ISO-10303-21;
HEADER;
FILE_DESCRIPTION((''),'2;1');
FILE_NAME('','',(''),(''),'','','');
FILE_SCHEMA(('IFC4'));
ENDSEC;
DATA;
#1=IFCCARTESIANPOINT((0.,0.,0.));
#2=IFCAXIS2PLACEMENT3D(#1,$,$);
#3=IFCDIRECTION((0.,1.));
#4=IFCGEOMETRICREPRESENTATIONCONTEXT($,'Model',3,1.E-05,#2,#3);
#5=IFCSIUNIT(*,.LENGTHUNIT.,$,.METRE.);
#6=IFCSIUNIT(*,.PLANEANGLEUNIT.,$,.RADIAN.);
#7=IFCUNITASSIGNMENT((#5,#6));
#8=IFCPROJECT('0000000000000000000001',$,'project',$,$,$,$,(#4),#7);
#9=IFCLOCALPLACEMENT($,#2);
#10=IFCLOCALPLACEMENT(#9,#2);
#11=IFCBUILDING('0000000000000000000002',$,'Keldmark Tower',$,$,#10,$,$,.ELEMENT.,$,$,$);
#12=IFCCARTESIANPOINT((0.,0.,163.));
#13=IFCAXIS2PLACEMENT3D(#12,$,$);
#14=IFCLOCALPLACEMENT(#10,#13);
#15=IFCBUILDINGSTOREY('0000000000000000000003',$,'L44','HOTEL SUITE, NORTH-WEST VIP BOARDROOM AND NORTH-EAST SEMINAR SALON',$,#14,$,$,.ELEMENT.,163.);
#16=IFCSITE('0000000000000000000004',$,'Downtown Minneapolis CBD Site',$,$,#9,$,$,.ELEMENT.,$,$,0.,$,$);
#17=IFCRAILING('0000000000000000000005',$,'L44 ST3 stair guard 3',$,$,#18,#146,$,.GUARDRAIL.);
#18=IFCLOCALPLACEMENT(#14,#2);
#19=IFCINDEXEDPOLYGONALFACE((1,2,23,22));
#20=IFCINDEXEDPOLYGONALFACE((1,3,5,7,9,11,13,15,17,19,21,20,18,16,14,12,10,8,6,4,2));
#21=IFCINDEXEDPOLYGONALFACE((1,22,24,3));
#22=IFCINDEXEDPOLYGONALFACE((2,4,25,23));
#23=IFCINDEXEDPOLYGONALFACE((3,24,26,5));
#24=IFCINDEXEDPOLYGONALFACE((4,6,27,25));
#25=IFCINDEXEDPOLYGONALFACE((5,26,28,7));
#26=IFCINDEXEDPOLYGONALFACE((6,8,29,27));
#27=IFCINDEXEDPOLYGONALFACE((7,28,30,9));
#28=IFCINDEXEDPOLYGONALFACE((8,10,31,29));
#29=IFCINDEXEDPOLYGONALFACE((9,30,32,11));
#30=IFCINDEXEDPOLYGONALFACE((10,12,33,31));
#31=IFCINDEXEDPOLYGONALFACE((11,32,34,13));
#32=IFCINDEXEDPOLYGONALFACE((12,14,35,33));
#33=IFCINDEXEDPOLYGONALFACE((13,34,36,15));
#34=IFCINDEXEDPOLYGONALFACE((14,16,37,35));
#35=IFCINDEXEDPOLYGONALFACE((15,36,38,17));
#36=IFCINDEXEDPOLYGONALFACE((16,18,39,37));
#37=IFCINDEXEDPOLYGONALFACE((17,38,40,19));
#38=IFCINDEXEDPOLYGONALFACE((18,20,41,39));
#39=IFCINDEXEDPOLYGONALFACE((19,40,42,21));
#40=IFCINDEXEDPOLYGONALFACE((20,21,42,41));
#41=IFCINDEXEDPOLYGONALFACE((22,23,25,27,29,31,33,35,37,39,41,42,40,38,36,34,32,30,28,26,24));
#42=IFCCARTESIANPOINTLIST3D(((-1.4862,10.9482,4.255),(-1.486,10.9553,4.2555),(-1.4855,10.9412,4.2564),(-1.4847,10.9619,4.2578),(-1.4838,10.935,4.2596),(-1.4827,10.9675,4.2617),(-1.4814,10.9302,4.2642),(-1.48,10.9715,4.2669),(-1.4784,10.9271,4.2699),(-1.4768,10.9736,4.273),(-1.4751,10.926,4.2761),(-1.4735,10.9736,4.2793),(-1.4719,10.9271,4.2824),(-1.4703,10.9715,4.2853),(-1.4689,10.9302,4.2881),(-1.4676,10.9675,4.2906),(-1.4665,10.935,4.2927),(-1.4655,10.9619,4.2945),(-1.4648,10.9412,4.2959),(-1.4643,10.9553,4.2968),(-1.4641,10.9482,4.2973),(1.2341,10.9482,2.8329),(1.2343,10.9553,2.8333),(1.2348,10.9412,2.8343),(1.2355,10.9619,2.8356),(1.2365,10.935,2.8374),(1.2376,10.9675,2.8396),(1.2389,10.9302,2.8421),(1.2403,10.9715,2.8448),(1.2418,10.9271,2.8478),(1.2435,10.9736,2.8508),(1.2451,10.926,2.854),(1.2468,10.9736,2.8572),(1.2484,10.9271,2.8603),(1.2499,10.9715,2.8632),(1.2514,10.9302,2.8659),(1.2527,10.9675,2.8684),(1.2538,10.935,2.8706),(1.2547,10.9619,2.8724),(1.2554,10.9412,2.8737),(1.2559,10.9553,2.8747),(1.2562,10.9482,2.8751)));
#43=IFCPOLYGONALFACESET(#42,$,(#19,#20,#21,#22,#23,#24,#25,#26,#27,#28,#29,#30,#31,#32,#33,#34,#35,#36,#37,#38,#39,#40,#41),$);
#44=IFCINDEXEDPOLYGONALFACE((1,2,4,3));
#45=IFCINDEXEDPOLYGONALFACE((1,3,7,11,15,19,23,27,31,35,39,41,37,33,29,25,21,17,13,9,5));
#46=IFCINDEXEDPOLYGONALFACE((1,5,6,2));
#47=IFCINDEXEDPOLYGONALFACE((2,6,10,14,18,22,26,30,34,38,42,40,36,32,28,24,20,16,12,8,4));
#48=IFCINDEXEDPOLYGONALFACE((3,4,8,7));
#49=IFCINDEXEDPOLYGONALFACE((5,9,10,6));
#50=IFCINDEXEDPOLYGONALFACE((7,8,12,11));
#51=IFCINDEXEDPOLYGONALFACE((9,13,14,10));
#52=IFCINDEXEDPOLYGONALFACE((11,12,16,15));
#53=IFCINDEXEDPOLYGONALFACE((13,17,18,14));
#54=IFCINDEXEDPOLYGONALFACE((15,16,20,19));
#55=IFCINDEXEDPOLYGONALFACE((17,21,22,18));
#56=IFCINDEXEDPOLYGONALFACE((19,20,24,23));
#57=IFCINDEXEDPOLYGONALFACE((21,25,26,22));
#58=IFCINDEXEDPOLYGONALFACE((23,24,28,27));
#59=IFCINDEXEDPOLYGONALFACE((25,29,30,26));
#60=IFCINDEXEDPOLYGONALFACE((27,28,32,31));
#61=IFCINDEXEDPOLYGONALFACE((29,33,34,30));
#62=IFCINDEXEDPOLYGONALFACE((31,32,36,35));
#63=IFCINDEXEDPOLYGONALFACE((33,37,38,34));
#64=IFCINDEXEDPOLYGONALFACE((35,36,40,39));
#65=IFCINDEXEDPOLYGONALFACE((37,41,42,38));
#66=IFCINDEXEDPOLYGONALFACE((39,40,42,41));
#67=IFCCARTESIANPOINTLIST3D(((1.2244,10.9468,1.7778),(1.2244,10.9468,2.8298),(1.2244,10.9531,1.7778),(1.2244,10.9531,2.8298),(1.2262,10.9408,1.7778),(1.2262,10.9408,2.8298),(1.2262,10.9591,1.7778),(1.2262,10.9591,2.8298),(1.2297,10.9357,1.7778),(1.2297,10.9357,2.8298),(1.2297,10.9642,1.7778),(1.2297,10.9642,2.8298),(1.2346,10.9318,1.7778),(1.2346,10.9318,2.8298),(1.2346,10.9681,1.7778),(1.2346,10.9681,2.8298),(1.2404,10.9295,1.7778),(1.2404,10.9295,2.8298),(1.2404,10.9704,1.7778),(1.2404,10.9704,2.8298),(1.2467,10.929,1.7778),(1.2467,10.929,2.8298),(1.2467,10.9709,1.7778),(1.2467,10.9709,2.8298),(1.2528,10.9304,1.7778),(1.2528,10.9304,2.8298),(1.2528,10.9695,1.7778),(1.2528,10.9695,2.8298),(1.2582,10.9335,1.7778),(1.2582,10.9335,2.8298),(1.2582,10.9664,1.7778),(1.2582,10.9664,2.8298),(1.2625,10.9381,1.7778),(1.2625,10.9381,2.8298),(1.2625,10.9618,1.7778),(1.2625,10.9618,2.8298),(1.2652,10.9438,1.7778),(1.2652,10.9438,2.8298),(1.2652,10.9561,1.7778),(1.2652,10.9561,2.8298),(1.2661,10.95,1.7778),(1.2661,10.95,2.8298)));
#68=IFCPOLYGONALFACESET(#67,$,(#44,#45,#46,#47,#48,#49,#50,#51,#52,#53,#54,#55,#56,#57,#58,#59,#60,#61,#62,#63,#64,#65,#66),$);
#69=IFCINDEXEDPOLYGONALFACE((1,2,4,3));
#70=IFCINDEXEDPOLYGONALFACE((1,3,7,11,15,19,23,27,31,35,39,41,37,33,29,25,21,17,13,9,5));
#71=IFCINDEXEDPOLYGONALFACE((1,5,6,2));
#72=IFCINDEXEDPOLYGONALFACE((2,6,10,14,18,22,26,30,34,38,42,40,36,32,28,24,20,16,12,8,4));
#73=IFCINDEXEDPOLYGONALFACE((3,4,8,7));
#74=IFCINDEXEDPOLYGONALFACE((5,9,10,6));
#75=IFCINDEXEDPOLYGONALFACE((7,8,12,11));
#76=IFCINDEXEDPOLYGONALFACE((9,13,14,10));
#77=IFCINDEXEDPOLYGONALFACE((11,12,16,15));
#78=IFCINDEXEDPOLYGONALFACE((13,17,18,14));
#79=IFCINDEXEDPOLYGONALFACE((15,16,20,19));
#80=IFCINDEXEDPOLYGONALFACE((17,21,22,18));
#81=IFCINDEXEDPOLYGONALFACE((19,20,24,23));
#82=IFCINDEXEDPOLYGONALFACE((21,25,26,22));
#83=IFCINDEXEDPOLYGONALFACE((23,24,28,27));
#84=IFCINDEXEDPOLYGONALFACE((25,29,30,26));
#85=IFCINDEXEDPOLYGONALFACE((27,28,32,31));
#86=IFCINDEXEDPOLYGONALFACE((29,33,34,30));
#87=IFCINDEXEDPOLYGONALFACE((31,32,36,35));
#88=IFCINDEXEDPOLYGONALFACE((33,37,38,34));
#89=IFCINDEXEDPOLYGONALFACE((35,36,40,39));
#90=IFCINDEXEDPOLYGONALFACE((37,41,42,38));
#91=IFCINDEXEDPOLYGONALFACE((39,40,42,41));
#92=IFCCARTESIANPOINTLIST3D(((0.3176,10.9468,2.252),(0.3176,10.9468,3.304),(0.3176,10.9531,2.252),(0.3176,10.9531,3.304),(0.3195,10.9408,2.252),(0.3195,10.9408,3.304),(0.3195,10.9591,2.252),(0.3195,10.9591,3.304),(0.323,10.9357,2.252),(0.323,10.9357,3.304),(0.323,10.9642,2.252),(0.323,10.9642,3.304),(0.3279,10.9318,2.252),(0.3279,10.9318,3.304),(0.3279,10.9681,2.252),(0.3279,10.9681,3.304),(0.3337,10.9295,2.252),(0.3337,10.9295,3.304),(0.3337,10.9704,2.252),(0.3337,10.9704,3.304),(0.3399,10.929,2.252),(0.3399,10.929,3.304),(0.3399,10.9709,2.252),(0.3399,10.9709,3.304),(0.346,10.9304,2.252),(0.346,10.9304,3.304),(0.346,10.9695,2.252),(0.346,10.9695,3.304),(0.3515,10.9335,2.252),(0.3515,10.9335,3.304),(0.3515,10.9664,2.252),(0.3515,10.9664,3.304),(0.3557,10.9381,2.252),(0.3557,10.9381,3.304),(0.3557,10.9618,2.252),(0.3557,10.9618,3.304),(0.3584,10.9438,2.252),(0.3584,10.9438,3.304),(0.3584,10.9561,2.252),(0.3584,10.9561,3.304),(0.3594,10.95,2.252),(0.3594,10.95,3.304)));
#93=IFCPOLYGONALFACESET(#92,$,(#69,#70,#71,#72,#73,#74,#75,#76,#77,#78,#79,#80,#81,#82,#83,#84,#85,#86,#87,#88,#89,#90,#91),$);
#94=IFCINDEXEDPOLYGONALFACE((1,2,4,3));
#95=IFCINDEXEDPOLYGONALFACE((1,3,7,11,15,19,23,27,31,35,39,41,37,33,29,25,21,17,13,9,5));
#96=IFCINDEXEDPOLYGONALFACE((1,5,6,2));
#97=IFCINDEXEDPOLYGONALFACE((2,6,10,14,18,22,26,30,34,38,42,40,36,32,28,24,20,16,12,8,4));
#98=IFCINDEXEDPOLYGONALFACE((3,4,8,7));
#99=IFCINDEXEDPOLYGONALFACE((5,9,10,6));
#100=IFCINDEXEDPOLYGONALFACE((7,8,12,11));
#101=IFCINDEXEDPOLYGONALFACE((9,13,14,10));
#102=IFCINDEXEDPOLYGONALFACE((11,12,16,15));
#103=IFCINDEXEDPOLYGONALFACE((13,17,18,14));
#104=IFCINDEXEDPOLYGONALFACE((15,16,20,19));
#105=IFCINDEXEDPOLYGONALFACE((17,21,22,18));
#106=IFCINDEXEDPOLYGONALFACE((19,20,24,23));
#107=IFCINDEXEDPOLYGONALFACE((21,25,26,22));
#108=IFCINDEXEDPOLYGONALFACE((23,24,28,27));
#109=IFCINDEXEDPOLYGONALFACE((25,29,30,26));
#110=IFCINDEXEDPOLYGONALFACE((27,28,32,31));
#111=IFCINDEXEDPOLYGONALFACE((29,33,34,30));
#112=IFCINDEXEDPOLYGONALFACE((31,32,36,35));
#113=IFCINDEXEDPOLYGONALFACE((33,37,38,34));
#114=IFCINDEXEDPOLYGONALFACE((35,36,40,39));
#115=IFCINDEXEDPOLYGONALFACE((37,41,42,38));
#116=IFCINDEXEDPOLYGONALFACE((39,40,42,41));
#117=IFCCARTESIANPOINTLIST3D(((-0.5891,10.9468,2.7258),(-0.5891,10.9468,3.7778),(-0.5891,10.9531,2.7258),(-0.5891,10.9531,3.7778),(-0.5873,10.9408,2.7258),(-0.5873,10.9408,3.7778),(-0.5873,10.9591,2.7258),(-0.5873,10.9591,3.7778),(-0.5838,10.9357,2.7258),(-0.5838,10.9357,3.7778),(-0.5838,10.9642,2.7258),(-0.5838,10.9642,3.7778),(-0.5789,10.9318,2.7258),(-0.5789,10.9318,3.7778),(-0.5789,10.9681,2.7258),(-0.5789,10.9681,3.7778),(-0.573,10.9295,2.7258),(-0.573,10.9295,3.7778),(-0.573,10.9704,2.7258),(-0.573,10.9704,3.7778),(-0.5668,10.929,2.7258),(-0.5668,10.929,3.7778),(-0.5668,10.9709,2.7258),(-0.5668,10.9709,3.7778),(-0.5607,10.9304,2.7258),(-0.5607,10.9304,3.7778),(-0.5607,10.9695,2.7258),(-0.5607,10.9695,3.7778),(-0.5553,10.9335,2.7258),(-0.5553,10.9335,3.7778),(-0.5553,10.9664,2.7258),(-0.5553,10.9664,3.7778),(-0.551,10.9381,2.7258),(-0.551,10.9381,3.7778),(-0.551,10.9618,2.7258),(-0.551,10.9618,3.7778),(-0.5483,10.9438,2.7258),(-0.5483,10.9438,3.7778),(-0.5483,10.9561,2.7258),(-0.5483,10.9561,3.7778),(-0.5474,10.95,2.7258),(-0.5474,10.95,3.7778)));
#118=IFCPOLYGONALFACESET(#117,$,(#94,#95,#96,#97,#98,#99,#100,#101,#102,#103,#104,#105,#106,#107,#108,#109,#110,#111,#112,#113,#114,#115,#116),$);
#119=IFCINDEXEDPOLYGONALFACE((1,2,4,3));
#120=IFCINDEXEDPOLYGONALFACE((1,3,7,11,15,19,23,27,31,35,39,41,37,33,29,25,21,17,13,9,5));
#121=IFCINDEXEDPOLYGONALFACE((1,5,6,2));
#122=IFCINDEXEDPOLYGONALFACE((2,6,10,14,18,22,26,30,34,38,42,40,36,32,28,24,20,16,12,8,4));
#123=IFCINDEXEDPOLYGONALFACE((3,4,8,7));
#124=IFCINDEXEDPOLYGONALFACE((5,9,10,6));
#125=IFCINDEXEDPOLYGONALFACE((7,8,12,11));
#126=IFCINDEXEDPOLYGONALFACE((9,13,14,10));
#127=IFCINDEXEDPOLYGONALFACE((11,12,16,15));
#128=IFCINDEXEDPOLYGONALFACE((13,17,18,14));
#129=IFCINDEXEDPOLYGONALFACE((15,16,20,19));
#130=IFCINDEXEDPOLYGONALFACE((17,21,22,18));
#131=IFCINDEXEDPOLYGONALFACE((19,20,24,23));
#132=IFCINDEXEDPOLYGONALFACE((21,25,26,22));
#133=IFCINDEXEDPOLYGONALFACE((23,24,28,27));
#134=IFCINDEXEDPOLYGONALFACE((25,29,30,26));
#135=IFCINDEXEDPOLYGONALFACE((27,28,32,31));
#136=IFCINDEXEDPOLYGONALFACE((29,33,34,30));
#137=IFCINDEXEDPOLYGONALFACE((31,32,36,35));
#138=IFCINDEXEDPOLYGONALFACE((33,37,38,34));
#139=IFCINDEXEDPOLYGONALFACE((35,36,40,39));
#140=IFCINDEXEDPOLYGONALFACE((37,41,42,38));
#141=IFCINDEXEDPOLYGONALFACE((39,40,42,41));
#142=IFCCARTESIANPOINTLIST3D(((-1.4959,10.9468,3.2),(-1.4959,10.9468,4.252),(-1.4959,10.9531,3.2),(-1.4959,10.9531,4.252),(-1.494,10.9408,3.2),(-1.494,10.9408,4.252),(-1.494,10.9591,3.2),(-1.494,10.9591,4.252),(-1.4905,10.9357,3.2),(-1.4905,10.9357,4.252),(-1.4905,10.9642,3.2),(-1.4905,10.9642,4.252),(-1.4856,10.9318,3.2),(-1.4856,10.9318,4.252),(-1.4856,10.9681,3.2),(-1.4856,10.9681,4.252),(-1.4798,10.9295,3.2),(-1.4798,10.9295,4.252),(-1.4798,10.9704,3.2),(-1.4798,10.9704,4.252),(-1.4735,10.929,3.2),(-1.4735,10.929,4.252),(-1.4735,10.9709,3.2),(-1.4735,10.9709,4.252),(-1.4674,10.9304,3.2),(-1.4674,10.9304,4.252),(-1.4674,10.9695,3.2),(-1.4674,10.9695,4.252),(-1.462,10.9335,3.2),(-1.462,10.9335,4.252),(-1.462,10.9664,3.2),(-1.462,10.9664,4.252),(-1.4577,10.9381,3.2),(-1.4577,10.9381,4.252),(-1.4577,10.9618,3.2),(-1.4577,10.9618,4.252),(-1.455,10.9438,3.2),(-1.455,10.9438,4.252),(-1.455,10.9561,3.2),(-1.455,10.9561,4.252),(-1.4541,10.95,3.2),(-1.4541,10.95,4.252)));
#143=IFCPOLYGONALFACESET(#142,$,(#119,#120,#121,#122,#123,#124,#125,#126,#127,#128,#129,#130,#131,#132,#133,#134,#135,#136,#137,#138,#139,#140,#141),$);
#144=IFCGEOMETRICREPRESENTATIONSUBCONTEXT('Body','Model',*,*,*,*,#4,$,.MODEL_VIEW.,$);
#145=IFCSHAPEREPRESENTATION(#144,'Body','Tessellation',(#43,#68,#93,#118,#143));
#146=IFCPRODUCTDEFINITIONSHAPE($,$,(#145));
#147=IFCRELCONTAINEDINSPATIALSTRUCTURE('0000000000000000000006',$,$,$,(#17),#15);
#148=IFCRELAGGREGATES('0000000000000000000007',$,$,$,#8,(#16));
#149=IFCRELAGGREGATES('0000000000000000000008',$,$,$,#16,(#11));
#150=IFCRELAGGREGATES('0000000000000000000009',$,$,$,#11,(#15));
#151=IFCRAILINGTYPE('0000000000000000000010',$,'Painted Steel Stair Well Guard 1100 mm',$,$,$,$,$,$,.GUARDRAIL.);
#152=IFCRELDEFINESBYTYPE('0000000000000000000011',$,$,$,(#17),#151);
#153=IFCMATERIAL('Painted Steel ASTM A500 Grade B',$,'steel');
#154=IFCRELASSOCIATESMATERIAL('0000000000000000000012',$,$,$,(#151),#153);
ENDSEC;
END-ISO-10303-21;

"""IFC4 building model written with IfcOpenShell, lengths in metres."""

from ifc_helpers import new_model, si_unit, direction, frame, origin, origin_2d, place, context, subcontext, project, spatial, circle, extrude, material, type_object, element, save


model = new_model("IFC4")

# Units and contexts
model_context = context("Model", 3, precision=1e-05, world=origin(), true_north=direction((0.0, 1.0)))
body_context = subcontext(model_context, "Body", "Model", "MODEL_VIEW")
ifc_project = project(units=[si_unit("LENGTHUNIT", "METRE"), si_unit("PLANEANGLEUNIT", "RADIAN")], contexts=[model_context])

# Site, building, storey
site_placement = place(None, origin())
site = spatial("IfcSite", under=ifc_project, at=site_placement, Name="Downtown Minneapolis CBD Site", CompositionType="ELEMENT", RefElevation=0.0)
building_placement = place(site_placement, origin())
building = spatial("IfcBuilding", under=site, at=building_placement, Name="Keldmark Tower", CompositionType="ELEMENT")
storey_placement = place(building_placement, frame((0.0, 0.0, 163.0)))
storey = spatial("IfcBuildingStorey", under=building, at=storey_placement, Name="L44", Description="HOTEL SUITE, NORTH-WEST VIP BOARDROOM AND NORTH-EAST SEMINAR SALON", CompositionType="ELEMENT", Elevation=163.0)

# Railing
ifc_material_1 = material(Name="Painted Steel ASTM A500 Grade B", Category="steel")
railing_type_1 = type_object("IfcRailingType", Name="Painted Steel Stair Well Guard 1100 mm", PredefinedType="GUARDRAIL", material=ifc_material_1)
railing_1_placement = place(storey_placement, frame((1.2451, 10.95, 1.7778)))
element("IfcRailing", 1, at=railing_1_placement, inside=storey, type_object=railing_type_1, Name="L44 ST3 stair guard 3", PredefinedType="GUARDRAIL", context=body_context, shape_type="SweptSolid", body=[
    extrude(circle(Radius=0.0239, at=origin_2d()), frame((0.0, 0.0, 1.0762), z_axis=(-0.8862, 0.0, 0.463302), x_axis=(0.0, -1.0, 0.0)), (0.0, 0.0, 1.0), 3.0696),
    extrude(circle(Radius=0.021, at=origin_2d()), origin(), (0.0, 0.0, 1.0), 1.052),
    extrude(circle(Radius=0.021, at=origin_2d()), frame((-0.9067, 0.0, 0.4741)), (0.0, 0.0, 1.0), 1.052),
    extrude(circle(Radius=0.021, at=origin_2d()), frame((-1.8135, 0.0, 0.948)), (0.0, 0.0, 1.0), 1.052),
    extrude(circle(Radius=0.021, at=origin_2d()), frame((-2.7202, 0.0, 1.4221)), (0.0, 0.0, 1.0), 1.052),
])

save(model, "model.ifc")
